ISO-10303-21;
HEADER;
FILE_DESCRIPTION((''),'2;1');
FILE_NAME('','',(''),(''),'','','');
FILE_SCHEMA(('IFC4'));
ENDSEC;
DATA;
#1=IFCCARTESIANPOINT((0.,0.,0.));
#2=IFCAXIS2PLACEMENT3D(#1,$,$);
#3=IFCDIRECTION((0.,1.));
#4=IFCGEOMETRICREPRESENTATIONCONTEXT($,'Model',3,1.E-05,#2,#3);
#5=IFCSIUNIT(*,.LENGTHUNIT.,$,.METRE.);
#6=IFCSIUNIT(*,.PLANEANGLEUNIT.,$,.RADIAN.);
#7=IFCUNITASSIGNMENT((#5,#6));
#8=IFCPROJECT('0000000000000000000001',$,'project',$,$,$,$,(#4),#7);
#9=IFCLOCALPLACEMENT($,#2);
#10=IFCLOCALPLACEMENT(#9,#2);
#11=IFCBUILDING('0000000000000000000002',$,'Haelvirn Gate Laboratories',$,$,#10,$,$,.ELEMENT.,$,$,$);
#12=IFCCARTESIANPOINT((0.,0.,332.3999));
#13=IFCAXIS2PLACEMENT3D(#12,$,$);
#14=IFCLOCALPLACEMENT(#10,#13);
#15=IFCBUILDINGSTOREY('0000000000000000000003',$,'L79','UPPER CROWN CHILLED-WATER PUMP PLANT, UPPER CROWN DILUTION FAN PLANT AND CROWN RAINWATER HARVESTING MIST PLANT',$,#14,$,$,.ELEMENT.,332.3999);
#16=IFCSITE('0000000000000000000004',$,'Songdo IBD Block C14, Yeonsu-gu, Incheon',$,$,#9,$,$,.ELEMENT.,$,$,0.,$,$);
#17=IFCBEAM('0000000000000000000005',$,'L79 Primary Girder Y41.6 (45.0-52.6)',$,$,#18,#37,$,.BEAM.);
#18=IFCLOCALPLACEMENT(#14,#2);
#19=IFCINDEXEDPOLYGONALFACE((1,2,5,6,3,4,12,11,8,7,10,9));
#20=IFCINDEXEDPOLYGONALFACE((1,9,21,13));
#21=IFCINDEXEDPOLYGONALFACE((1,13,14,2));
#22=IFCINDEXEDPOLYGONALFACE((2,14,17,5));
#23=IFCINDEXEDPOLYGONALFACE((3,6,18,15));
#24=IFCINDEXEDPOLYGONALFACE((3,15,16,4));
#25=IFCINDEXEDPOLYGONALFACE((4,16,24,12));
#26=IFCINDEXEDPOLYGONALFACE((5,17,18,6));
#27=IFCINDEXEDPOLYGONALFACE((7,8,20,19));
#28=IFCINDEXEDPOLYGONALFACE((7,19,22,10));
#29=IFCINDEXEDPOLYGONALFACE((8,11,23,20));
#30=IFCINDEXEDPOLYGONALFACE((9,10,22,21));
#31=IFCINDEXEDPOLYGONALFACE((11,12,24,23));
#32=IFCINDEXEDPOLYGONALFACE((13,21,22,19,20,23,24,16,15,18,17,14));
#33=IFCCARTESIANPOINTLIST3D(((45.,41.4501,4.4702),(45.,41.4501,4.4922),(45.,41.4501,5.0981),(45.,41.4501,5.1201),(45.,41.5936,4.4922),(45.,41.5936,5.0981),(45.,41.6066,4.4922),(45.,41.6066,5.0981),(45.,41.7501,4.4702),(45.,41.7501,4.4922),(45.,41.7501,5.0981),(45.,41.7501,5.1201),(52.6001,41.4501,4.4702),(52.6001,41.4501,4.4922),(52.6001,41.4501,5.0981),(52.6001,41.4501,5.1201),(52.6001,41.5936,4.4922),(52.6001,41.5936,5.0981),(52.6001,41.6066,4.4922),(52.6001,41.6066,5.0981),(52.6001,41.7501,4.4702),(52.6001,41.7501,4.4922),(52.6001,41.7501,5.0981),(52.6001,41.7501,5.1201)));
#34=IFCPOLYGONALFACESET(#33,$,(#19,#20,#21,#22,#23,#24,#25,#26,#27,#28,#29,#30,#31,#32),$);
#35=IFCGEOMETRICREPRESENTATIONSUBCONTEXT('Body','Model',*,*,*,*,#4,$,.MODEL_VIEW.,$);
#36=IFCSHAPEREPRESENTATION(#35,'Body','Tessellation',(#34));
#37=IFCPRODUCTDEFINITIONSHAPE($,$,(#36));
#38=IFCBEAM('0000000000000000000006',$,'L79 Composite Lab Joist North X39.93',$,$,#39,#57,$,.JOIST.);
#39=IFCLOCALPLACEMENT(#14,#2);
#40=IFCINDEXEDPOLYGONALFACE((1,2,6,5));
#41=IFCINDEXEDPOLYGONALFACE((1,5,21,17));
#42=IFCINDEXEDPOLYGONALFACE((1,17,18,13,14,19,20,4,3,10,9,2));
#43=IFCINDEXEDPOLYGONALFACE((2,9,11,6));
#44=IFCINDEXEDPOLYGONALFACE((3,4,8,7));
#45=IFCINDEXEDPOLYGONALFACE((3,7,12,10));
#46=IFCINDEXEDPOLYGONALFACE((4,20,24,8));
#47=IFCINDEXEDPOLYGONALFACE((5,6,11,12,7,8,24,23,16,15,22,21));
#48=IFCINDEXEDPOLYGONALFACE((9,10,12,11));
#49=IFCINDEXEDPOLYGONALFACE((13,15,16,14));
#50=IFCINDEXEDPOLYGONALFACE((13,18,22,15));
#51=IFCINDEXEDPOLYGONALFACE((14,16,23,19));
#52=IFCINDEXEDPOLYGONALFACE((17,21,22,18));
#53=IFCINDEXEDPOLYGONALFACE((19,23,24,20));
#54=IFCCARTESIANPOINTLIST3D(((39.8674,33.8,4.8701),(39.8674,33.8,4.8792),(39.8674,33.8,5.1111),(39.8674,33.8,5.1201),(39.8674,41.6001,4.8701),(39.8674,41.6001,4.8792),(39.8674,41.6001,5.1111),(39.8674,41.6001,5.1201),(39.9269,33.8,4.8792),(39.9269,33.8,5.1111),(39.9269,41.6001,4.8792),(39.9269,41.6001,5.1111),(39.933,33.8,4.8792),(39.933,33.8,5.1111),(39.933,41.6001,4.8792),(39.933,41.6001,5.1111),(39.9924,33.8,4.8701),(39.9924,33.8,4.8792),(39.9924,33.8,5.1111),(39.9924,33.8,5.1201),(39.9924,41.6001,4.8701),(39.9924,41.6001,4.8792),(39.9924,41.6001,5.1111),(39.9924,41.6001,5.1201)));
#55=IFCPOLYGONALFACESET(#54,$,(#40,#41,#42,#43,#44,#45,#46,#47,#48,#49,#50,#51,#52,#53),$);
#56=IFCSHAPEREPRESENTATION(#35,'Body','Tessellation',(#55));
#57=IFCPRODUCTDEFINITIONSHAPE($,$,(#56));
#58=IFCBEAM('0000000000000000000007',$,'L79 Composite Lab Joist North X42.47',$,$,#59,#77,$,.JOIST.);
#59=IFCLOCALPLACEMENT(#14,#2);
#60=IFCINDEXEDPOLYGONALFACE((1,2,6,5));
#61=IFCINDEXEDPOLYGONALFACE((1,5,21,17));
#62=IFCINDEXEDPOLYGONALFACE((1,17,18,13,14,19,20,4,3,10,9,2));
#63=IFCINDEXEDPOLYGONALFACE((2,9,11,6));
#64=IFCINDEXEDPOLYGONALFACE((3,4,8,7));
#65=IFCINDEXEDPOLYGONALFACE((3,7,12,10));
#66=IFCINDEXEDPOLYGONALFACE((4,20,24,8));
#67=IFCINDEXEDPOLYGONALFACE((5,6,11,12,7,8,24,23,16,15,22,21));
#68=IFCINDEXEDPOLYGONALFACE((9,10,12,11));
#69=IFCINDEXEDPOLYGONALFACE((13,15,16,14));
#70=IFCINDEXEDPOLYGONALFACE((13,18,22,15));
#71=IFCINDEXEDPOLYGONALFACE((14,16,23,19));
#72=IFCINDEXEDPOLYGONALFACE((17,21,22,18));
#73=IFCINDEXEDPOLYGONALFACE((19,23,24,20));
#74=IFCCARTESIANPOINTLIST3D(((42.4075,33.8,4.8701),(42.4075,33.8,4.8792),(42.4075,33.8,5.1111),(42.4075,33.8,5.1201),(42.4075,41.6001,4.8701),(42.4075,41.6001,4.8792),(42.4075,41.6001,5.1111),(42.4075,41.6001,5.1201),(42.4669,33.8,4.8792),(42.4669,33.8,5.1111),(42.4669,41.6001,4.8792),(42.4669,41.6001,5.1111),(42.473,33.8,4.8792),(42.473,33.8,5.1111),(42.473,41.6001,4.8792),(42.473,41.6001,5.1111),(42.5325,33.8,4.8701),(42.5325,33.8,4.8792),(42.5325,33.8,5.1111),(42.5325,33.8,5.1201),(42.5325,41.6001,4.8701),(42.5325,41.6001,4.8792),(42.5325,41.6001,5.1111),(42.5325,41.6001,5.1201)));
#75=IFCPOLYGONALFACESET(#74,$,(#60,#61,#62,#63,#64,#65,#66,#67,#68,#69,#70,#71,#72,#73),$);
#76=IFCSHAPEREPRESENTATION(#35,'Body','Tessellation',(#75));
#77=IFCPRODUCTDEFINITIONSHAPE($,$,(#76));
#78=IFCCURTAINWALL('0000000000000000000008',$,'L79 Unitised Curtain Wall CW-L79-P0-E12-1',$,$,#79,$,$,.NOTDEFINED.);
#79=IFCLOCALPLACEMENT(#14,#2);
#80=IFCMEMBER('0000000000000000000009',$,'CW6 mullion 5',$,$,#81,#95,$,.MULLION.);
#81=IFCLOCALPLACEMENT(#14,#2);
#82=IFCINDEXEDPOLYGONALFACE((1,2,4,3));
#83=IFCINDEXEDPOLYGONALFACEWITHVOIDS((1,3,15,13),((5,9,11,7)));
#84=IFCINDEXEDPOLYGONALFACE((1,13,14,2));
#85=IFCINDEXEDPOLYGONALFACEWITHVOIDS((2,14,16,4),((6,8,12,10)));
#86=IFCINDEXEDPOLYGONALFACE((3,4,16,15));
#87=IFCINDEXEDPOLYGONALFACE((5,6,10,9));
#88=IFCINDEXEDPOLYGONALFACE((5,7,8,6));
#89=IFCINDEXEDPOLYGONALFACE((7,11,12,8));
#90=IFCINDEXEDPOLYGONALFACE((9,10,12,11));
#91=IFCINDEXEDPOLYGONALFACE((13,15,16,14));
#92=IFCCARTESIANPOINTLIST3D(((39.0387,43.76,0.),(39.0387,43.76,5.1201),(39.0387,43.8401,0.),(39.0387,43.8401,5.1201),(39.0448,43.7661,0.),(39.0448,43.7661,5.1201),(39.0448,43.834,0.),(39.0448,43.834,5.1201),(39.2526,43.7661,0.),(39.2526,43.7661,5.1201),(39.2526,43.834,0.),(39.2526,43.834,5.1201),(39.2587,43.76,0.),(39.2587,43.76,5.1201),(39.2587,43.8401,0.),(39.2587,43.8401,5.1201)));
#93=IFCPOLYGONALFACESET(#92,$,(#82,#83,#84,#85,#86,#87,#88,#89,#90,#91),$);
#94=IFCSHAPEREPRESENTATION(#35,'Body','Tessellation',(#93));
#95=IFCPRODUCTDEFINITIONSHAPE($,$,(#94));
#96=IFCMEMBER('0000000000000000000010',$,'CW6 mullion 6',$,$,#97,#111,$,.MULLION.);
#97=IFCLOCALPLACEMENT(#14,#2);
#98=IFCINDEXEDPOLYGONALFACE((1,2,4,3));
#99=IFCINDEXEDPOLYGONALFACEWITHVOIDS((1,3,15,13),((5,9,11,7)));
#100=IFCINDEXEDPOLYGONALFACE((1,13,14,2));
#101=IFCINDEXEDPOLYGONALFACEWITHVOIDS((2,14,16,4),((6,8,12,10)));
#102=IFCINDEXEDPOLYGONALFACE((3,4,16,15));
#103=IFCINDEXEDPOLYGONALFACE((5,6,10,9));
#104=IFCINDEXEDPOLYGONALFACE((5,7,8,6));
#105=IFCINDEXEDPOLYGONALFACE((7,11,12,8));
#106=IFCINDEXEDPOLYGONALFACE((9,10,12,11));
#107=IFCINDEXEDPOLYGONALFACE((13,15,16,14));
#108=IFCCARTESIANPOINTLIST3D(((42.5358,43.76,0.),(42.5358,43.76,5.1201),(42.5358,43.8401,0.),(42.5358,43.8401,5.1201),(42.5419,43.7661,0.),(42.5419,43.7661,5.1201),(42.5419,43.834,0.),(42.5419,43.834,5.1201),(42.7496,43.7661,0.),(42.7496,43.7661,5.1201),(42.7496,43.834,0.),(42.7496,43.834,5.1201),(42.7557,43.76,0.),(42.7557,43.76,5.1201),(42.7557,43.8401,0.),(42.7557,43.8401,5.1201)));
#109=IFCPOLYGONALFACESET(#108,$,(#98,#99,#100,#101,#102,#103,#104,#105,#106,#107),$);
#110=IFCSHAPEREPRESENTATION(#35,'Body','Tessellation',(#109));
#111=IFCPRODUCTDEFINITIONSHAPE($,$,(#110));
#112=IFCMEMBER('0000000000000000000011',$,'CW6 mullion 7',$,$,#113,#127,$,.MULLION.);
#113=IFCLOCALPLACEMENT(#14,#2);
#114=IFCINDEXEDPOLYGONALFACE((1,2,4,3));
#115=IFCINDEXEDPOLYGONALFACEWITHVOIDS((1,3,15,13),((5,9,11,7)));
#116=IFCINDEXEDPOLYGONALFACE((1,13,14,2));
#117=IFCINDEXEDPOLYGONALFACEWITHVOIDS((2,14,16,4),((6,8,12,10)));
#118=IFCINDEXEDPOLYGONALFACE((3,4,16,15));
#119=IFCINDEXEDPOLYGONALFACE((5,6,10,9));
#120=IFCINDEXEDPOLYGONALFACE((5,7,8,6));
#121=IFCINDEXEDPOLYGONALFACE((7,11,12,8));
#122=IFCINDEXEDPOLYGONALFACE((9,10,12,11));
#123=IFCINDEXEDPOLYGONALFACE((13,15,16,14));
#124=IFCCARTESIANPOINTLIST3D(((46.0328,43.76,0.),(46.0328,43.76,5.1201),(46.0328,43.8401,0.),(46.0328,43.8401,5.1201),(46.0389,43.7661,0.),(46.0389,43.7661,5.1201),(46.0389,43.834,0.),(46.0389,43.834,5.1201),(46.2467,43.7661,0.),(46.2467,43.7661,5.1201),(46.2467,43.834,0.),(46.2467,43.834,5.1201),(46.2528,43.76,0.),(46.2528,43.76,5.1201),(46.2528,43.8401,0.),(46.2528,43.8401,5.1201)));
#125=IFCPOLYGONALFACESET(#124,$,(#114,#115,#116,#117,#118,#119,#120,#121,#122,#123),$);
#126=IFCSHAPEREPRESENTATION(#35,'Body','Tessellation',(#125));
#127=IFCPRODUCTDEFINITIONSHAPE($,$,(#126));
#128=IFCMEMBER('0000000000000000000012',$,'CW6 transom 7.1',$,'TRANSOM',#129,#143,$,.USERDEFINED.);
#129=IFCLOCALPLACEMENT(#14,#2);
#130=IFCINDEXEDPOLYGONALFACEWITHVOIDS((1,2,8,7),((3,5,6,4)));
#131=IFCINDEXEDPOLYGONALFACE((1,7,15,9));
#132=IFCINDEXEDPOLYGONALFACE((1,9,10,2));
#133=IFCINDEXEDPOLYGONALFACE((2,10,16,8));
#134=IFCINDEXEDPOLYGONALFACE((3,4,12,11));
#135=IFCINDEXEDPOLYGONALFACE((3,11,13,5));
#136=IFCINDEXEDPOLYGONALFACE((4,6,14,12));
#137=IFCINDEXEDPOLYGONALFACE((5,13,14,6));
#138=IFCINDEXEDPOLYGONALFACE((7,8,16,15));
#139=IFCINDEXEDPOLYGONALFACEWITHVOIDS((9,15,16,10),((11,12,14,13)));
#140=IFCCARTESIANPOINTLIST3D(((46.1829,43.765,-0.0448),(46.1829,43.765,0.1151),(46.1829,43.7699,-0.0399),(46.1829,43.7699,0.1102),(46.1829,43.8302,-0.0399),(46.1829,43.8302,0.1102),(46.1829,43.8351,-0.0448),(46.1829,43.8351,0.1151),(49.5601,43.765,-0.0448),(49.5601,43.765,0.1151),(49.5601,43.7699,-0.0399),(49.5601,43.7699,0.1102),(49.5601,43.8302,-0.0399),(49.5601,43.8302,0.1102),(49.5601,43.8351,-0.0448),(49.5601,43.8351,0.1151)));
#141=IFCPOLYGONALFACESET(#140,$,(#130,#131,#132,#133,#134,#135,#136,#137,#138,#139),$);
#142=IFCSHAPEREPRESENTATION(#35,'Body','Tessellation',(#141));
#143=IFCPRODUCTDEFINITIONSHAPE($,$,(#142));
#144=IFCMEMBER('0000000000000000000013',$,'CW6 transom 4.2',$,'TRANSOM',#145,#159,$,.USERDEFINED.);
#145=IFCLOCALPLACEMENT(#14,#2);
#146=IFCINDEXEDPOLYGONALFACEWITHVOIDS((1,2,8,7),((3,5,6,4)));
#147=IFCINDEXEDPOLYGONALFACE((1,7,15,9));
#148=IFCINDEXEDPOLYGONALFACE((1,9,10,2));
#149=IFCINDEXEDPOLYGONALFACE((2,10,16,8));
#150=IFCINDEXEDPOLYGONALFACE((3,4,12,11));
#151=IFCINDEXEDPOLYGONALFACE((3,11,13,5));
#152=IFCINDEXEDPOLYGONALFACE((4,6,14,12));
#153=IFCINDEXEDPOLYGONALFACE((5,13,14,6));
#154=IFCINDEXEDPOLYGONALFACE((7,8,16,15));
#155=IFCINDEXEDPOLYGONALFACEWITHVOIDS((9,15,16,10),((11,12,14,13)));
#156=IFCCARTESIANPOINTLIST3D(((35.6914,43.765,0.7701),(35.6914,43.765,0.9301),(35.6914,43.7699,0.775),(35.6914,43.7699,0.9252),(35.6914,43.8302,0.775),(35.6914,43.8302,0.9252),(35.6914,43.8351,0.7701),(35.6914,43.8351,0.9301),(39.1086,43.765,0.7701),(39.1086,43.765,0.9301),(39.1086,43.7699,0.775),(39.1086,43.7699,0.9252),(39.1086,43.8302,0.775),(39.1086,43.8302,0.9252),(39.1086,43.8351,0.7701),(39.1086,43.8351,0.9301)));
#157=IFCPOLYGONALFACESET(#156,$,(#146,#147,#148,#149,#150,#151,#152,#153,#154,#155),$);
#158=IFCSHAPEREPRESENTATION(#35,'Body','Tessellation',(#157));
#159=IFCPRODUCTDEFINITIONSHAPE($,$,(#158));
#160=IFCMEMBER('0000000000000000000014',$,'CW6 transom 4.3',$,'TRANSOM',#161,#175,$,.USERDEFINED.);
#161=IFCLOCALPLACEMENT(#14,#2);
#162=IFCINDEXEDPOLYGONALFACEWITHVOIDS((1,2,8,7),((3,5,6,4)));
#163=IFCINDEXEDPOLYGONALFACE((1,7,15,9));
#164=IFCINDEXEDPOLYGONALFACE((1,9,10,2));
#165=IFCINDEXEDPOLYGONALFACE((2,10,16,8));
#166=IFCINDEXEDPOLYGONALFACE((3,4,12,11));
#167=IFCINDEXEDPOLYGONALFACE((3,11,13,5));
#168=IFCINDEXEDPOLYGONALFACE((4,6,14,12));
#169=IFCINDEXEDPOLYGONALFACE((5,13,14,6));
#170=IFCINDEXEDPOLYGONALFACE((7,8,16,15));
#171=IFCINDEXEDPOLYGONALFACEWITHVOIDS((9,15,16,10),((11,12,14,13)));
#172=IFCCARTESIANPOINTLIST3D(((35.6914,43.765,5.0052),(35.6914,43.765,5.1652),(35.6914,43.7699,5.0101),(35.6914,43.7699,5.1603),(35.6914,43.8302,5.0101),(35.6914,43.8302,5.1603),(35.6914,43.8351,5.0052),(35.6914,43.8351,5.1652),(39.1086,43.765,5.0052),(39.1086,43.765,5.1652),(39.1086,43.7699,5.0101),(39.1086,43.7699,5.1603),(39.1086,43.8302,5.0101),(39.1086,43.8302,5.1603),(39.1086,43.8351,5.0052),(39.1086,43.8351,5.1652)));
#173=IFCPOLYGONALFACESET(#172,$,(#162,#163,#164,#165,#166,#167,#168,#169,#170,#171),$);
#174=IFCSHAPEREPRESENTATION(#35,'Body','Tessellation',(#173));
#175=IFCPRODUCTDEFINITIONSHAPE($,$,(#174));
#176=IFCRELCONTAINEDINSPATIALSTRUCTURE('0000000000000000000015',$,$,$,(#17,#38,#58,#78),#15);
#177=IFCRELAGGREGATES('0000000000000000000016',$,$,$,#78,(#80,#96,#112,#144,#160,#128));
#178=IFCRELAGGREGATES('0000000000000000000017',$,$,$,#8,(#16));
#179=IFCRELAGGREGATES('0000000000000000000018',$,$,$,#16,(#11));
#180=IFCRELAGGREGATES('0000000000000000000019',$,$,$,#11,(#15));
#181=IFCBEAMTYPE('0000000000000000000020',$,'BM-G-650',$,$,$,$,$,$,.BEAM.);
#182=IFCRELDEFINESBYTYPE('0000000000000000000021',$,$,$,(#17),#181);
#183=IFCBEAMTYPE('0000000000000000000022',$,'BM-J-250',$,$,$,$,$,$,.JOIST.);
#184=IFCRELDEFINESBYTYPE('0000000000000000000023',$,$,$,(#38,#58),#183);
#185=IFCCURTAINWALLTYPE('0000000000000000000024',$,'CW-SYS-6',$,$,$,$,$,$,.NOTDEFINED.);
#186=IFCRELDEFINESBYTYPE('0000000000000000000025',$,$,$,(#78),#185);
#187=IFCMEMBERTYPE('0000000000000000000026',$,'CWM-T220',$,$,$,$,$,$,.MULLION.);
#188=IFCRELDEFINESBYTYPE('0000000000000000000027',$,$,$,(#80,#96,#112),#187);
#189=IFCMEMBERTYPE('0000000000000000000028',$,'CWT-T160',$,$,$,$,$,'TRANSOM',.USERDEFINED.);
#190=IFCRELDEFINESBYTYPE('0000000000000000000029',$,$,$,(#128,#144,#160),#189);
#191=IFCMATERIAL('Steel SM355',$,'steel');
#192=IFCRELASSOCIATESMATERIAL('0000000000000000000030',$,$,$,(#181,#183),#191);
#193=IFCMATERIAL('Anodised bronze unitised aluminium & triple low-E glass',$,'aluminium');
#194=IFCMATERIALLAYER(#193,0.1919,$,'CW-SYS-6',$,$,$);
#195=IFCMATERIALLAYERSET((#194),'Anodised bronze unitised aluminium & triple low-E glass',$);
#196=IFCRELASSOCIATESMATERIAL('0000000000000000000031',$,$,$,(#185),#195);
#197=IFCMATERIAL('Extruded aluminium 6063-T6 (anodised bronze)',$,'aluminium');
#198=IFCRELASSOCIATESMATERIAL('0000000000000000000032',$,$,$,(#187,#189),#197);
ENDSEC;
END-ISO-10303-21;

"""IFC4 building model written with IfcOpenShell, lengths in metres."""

from ifc_helpers import new_model, si_unit, direction, frame, origin, origin_2d, place, context, subcontext, project, spatial, hollow_rectangle, i_section, extrude, source, transform, mapped, material, layer, layer_set, material_profile, profile_set, type_object, type_shapes, element, aggregate, save


model = new_model("IFC4")

# Units and contexts
model_context = context("Model", 3, precision=1e-05, world=origin(), true_north=direction((0.0, 1.0)))
body_context = subcontext(model_context, "Body", "Model", "MODEL_VIEW")
ifc_project = project(units=[si_unit("LENGTHUNIT", "METRE"), si_unit("PLANEANGLEUNIT", "RADIAN")], contexts=[model_context])

# Site, building, storey
site_placement = place(None, origin())
site = spatial("IfcSite", under=ifc_project, at=site_placement, Name="Songdo IBD Block C14, Yeonsu-gu, Incheon", CompositionType="ELEMENT", RefElevation=0.0)
building_placement = place(site_placement, origin())
building = spatial("IfcBuilding", under=site, at=building_placement, Name="Haelvirn Gate Laboratories", CompositionType="ELEMENT")
storey_placement = place(building_placement, frame((0.0, 0.0, 332.3999)))
storey = spatial("IfcBuildingStorey", under=building, at=storey_placement, Name="L79", Description="UPPER CROWN CHILLED-WATER PUMP PLANT, UPPER CROWN DILUTION FAN PLANT AND CROWN RAINWATER HARVESTING MIST PLANT", CompositionType="ELEMENT", Elevation=332.3999)

# Shared definitions
ifc_material_1 = material(Name="Steel SM355", Category="steel")

# Beams
ifc_material_profile_1 = material_profile(ifc_material_1, i_section(OverallWidth=0.3, OverallDepth=0.6499, WebThickness=0.0129, FlangeThickness=0.022, at=origin_2d()), Name="H-650x300x13x22")
ifc_profile_set_1 = profile_set([ifc_material_profile_1], Name="Steel SM355")
beam_type_1 = type_object("IfcBeamType", Name="BM-G-650", PredefinedType="BEAM", material=ifc_profile_set_1)
shared_shape_1 = source(origin(), body_context, "Body", "SweptSolid", [
    extrude(i_section(OverallWidth=0.3, OverallDepth=0.6499, WebThickness=0.0129, FlangeThickness=0.022, at=origin_2d()), origin(), (0.0, 0.0, 1.0), 7.6001),
])
type_shapes(beam_type_1, [shared_shape_1])
for number, where, z_axis, x_axis, name in (
    (1, (45.0, 41.6001, 4.7952), (1.0, 0.0, 0.0), (0.0, 1.0, 0.0), "L79 Primary Girder Y41.6 (45.0-52.6)"),
):
    element("IfcBeam", number, at=place(storey_placement, frame(where, z_axis=z_axis, x_axis=x_axis)), inside=storey, type_object=beam_type_1, Name=name, PredefinedType="BEAM", context=body_context, shape_type="MappedRepresentation", body=[
        mapped(shared_shape_1, transform((0.0, 0.0, 0.0), scale=1.0)),
    ])
ifc_material_profile_2 = material_profile(ifc_material_1, i_section(OverallWidth=0.125, OverallDepth=0.25, WebThickness=0.0061, FlangeThickness=0.009, at=origin_2d()), Name="H-250x125x6x9")
ifc_profile_set_2 = profile_set([ifc_material_profile_2], Name="Steel SM355")
beam_type_2 = type_object("IfcBeamType", Name="BM-J-250", PredefinedType="JOIST", material=ifc_profile_set_2)
shared_shape_2 = source(origin(), body_context, "Body", "SweptSolid", [
    extrude(i_section(OverallWidth=0.125, OverallDepth=0.25, WebThickness=0.0061, FlangeThickness=0.009, at=origin_2d()), origin(), (0.0, 0.0, 1.0), 7.8),
])
type_shapes(beam_type_2, [shared_shape_2])
for number, where, z_axis, x_axis, name in (
    (2, (39.9299, 33.8, 4.9951), (0.0, 1.0, 0.0), (-1.0, 0.0, 0.0), "L79 Composite Lab Joist North X39.93"),
    (3, (42.47, 33.8, 4.9951), (0.0, 1.0, 0.0), (-1.0, 0.0, 0.0), "L79 Composite Lab Joist North X42.47"),
):
    element("IfcBeam", number, at=place(storey_placement, frame(where, z_axis=z_axis, x_axis=x_axis)), inside=storey, type_object=beam_type_2, Name=name, PredefinedType="JOIST", context=body_context, shape_type="MappedRepresentation", body=[
        mapped(shared_shape_2, transform((0.0, 0.0, 0.0), scale=1.0)),
    ])

# Curtain wall, members
ifc_material_2 = material(Name="Anodised bronze unitised aluminium & triple low-E glass", Category="aluminium")
ifc_layer_1 = layer(ifc_material_2, 0.1919, Name="CW-SYS-6")
ifc_layer_set_1 = layer_set([ifc_layer_1], Name="Anodised bronze unitised aluminium & triple low-E glass")
curtain_wall_type = type_object("IfcCurtainWallType", Name="CW-SYS-6", PredefinedType="NOTDEFINED", material=ifc_layer_set_1)
curtain_wall_placement = place(storey_placement, origin())
curtain_wall = element("IfcCurtainWall", 4, at=curtain_wall_placement, inside=storey, type_object=curtain_wall_type, Name="L79 Unitised Curtain Wall CW-L79-P0-E12-1", PredefinedType="NOTDEFINED")
ifc_material_3 = material(Name="Extruded aluminium 6063-T6 (anodised bronze)", Category="aluminium")
ifc_material_profile_3 = material_profile(ifc_material_3, hollow_rectangle(XDim=0.0801, YDim=0.22, WallThickness=0.0061, at=origin_2d()), Name="CWM-220x80x6")
ifc_profile_set_3 = profile_set([ifc_material_profile_3], Name="Extruded aluminium 6063-T6 (anodised bronze)")
member_type_1 = type_object("IfcMemberType", Name="CWM-T220", PredefinedType="MULLION", material=ifc_profile_set_3)
shared_shape_3 = source(origin(), body_context, "Body", "SweptSolid", [
    extrude(hollow_rectangle(XDim=0.0801, YDim=0.22, WallThickness=0.0061, at=origin_2d()), origin(), (0.0, 0.0, 1.0), 5.1201),
])
type_shapes(member_type_1, [shared_shape_3])
member_1_placement = place(storey_placement, frame((39.1487, 43.8, 0.0), z_axis=(0.0, 0.0, 1.0), x_axis=(0.0, 1.0, 0.0)))
member_1 = element("IfcMember", 5, at=member_1_placement, type_object=member_type_1, Name="CW6 mullion 5", PredefinedType="MULLION", context=body_context, shape_type="MappedRepresentation", body=[
    mapped(shared_shape_3, transform((0.0, 0.0, 0.0), scale=1.0)),
])
member_2_placement = place(storey_placement, frame((42.6458, 43.8, 0.0), z_axis=(0.0, 0.0, 1.0), x_axis=(0.0, 1.0, 0.0)))
member_2 = element("IfcMember", 6, at=member_2_placement, type_object=member_type_1, Name="CW6 mullion 6", PredefinedType="MULLION", context=body_context, shape_type="MappedRepresentation", body=[
    mapped(shared_shape_3, transform((0.0, 0.0, 0.0), scale=1.0)),
])
member_3_placement = place(storey_placement, frame((46.1428, 43.8, 0.0), z_axis=(0.0, 0.0, 1.0), x_axis=(0.0, 1.0, 0.0)))
member_3 = element("IfcMember", 7, at=member_3_placement, type_object=member_type_1, Name="CW6 mullion 7", PredefinedType="MULLION", context=body_context, shape_type="MappedRepresentation", body=[
    mapped(shared_shape_3, transform((0.0, 0.0, 0.0), scale=1.0)),
])
ifc_material_profile_4 = material_profile(ifc_material_3, hollow_rectangle(XDim=0.0701, YDim=0.1599, WallThickness=0.0049, at=origin_2d()), Name="CWT-160x70x5")
ifc_profile_set_4 = profile_set([ifc_material_profile_4], Name="Extruded aluminium 6063-T6 (anodised bronze)")
member_type_2 = type_object("IfcMemberType", Name="CWT-T160", ElementType="TRANSOM", PredefinedType="USERDEFINED", material=ifc_profile_set_4)
shared_shape_4 = source(origin(), body_context, "Body", "SweptSolid", [
    extrude(hollow_rectangle(XDim=0.0701, YDim=0.1599, WallThickness=0.0049, at=origin_2d()), origin(), (0.0, 0.0, 1.0), 3.3772),
])
member_4_placement = place(storey_placement, frame((46.1829, 43.8, 0.0352), z_axis=(1.0, 0.0, 0.0), x_axis=(0.0, 1.0, 0.0)))
member_4 = element("IfcMember", 8, at=member_4_placement, type_object=member_type_2, Name="CW6 transom 7.1", ObjectType="TRANSOM", PredefinedType="USERDEFINED", context=body_context, shape_type="MappedRepresentation", body=[
    mapped(shared_shape_4, transform((0.0, 0.0, 0.0), scale=1.0)),
])
shared_shape_5 = source(origin(), body_context, "Body", "SweptSolid", [
    extrude(hollow_rectangle(XDim=0.0701, YDim=0.1599, WallThickness=0.0049, at=origin_2d()), origin(), (0.0, 0.0, 1.0), 3.4172),
])
member_5_placement = place(storey_placement, frame((35.6914, 43.8, 0.8501), z_axis=(1.0, 0.0, 0.0), x_axis=(0.0, 1.0, 0.0)))
member_5 = element("IfcMember", 9, at=member_5_placement, type_object=member_type_2, Name="CW6 transom 4.2", ObjectType="TRANSOM", PredefinedType="USERDEFINED", context=body_context, shape_type="MappedRepresentation", body=[
    mapped(shared_shape_5, transform((0.0, 0.0, 0.0), scale=1.0)),
])
member_6_placement = place(storey_placement, frame((35.6914, 43.8, 5.0852), z_axis=(1.0, 0.0, 0.0), x_axis=(0.0, 1.0, 0.0)))
member_6 = element("IfcMember", 10, at=member_6_placement, type_object=member_type_2, Name="CW6 transom 4.3", ObjectType="TRANSOM", PredefinedType="USERDEFINED", context=body_context, shape_type="MappedRepresentation", body=[
    mapped(shared_shape_5, transform((0.0, 0.0, 0.0), scale=1.0)),
])
aggregate(curtain_wall, [member_1, member_2, member_3, member_5, member_6, member_4])

save(model, "model.ifc")
